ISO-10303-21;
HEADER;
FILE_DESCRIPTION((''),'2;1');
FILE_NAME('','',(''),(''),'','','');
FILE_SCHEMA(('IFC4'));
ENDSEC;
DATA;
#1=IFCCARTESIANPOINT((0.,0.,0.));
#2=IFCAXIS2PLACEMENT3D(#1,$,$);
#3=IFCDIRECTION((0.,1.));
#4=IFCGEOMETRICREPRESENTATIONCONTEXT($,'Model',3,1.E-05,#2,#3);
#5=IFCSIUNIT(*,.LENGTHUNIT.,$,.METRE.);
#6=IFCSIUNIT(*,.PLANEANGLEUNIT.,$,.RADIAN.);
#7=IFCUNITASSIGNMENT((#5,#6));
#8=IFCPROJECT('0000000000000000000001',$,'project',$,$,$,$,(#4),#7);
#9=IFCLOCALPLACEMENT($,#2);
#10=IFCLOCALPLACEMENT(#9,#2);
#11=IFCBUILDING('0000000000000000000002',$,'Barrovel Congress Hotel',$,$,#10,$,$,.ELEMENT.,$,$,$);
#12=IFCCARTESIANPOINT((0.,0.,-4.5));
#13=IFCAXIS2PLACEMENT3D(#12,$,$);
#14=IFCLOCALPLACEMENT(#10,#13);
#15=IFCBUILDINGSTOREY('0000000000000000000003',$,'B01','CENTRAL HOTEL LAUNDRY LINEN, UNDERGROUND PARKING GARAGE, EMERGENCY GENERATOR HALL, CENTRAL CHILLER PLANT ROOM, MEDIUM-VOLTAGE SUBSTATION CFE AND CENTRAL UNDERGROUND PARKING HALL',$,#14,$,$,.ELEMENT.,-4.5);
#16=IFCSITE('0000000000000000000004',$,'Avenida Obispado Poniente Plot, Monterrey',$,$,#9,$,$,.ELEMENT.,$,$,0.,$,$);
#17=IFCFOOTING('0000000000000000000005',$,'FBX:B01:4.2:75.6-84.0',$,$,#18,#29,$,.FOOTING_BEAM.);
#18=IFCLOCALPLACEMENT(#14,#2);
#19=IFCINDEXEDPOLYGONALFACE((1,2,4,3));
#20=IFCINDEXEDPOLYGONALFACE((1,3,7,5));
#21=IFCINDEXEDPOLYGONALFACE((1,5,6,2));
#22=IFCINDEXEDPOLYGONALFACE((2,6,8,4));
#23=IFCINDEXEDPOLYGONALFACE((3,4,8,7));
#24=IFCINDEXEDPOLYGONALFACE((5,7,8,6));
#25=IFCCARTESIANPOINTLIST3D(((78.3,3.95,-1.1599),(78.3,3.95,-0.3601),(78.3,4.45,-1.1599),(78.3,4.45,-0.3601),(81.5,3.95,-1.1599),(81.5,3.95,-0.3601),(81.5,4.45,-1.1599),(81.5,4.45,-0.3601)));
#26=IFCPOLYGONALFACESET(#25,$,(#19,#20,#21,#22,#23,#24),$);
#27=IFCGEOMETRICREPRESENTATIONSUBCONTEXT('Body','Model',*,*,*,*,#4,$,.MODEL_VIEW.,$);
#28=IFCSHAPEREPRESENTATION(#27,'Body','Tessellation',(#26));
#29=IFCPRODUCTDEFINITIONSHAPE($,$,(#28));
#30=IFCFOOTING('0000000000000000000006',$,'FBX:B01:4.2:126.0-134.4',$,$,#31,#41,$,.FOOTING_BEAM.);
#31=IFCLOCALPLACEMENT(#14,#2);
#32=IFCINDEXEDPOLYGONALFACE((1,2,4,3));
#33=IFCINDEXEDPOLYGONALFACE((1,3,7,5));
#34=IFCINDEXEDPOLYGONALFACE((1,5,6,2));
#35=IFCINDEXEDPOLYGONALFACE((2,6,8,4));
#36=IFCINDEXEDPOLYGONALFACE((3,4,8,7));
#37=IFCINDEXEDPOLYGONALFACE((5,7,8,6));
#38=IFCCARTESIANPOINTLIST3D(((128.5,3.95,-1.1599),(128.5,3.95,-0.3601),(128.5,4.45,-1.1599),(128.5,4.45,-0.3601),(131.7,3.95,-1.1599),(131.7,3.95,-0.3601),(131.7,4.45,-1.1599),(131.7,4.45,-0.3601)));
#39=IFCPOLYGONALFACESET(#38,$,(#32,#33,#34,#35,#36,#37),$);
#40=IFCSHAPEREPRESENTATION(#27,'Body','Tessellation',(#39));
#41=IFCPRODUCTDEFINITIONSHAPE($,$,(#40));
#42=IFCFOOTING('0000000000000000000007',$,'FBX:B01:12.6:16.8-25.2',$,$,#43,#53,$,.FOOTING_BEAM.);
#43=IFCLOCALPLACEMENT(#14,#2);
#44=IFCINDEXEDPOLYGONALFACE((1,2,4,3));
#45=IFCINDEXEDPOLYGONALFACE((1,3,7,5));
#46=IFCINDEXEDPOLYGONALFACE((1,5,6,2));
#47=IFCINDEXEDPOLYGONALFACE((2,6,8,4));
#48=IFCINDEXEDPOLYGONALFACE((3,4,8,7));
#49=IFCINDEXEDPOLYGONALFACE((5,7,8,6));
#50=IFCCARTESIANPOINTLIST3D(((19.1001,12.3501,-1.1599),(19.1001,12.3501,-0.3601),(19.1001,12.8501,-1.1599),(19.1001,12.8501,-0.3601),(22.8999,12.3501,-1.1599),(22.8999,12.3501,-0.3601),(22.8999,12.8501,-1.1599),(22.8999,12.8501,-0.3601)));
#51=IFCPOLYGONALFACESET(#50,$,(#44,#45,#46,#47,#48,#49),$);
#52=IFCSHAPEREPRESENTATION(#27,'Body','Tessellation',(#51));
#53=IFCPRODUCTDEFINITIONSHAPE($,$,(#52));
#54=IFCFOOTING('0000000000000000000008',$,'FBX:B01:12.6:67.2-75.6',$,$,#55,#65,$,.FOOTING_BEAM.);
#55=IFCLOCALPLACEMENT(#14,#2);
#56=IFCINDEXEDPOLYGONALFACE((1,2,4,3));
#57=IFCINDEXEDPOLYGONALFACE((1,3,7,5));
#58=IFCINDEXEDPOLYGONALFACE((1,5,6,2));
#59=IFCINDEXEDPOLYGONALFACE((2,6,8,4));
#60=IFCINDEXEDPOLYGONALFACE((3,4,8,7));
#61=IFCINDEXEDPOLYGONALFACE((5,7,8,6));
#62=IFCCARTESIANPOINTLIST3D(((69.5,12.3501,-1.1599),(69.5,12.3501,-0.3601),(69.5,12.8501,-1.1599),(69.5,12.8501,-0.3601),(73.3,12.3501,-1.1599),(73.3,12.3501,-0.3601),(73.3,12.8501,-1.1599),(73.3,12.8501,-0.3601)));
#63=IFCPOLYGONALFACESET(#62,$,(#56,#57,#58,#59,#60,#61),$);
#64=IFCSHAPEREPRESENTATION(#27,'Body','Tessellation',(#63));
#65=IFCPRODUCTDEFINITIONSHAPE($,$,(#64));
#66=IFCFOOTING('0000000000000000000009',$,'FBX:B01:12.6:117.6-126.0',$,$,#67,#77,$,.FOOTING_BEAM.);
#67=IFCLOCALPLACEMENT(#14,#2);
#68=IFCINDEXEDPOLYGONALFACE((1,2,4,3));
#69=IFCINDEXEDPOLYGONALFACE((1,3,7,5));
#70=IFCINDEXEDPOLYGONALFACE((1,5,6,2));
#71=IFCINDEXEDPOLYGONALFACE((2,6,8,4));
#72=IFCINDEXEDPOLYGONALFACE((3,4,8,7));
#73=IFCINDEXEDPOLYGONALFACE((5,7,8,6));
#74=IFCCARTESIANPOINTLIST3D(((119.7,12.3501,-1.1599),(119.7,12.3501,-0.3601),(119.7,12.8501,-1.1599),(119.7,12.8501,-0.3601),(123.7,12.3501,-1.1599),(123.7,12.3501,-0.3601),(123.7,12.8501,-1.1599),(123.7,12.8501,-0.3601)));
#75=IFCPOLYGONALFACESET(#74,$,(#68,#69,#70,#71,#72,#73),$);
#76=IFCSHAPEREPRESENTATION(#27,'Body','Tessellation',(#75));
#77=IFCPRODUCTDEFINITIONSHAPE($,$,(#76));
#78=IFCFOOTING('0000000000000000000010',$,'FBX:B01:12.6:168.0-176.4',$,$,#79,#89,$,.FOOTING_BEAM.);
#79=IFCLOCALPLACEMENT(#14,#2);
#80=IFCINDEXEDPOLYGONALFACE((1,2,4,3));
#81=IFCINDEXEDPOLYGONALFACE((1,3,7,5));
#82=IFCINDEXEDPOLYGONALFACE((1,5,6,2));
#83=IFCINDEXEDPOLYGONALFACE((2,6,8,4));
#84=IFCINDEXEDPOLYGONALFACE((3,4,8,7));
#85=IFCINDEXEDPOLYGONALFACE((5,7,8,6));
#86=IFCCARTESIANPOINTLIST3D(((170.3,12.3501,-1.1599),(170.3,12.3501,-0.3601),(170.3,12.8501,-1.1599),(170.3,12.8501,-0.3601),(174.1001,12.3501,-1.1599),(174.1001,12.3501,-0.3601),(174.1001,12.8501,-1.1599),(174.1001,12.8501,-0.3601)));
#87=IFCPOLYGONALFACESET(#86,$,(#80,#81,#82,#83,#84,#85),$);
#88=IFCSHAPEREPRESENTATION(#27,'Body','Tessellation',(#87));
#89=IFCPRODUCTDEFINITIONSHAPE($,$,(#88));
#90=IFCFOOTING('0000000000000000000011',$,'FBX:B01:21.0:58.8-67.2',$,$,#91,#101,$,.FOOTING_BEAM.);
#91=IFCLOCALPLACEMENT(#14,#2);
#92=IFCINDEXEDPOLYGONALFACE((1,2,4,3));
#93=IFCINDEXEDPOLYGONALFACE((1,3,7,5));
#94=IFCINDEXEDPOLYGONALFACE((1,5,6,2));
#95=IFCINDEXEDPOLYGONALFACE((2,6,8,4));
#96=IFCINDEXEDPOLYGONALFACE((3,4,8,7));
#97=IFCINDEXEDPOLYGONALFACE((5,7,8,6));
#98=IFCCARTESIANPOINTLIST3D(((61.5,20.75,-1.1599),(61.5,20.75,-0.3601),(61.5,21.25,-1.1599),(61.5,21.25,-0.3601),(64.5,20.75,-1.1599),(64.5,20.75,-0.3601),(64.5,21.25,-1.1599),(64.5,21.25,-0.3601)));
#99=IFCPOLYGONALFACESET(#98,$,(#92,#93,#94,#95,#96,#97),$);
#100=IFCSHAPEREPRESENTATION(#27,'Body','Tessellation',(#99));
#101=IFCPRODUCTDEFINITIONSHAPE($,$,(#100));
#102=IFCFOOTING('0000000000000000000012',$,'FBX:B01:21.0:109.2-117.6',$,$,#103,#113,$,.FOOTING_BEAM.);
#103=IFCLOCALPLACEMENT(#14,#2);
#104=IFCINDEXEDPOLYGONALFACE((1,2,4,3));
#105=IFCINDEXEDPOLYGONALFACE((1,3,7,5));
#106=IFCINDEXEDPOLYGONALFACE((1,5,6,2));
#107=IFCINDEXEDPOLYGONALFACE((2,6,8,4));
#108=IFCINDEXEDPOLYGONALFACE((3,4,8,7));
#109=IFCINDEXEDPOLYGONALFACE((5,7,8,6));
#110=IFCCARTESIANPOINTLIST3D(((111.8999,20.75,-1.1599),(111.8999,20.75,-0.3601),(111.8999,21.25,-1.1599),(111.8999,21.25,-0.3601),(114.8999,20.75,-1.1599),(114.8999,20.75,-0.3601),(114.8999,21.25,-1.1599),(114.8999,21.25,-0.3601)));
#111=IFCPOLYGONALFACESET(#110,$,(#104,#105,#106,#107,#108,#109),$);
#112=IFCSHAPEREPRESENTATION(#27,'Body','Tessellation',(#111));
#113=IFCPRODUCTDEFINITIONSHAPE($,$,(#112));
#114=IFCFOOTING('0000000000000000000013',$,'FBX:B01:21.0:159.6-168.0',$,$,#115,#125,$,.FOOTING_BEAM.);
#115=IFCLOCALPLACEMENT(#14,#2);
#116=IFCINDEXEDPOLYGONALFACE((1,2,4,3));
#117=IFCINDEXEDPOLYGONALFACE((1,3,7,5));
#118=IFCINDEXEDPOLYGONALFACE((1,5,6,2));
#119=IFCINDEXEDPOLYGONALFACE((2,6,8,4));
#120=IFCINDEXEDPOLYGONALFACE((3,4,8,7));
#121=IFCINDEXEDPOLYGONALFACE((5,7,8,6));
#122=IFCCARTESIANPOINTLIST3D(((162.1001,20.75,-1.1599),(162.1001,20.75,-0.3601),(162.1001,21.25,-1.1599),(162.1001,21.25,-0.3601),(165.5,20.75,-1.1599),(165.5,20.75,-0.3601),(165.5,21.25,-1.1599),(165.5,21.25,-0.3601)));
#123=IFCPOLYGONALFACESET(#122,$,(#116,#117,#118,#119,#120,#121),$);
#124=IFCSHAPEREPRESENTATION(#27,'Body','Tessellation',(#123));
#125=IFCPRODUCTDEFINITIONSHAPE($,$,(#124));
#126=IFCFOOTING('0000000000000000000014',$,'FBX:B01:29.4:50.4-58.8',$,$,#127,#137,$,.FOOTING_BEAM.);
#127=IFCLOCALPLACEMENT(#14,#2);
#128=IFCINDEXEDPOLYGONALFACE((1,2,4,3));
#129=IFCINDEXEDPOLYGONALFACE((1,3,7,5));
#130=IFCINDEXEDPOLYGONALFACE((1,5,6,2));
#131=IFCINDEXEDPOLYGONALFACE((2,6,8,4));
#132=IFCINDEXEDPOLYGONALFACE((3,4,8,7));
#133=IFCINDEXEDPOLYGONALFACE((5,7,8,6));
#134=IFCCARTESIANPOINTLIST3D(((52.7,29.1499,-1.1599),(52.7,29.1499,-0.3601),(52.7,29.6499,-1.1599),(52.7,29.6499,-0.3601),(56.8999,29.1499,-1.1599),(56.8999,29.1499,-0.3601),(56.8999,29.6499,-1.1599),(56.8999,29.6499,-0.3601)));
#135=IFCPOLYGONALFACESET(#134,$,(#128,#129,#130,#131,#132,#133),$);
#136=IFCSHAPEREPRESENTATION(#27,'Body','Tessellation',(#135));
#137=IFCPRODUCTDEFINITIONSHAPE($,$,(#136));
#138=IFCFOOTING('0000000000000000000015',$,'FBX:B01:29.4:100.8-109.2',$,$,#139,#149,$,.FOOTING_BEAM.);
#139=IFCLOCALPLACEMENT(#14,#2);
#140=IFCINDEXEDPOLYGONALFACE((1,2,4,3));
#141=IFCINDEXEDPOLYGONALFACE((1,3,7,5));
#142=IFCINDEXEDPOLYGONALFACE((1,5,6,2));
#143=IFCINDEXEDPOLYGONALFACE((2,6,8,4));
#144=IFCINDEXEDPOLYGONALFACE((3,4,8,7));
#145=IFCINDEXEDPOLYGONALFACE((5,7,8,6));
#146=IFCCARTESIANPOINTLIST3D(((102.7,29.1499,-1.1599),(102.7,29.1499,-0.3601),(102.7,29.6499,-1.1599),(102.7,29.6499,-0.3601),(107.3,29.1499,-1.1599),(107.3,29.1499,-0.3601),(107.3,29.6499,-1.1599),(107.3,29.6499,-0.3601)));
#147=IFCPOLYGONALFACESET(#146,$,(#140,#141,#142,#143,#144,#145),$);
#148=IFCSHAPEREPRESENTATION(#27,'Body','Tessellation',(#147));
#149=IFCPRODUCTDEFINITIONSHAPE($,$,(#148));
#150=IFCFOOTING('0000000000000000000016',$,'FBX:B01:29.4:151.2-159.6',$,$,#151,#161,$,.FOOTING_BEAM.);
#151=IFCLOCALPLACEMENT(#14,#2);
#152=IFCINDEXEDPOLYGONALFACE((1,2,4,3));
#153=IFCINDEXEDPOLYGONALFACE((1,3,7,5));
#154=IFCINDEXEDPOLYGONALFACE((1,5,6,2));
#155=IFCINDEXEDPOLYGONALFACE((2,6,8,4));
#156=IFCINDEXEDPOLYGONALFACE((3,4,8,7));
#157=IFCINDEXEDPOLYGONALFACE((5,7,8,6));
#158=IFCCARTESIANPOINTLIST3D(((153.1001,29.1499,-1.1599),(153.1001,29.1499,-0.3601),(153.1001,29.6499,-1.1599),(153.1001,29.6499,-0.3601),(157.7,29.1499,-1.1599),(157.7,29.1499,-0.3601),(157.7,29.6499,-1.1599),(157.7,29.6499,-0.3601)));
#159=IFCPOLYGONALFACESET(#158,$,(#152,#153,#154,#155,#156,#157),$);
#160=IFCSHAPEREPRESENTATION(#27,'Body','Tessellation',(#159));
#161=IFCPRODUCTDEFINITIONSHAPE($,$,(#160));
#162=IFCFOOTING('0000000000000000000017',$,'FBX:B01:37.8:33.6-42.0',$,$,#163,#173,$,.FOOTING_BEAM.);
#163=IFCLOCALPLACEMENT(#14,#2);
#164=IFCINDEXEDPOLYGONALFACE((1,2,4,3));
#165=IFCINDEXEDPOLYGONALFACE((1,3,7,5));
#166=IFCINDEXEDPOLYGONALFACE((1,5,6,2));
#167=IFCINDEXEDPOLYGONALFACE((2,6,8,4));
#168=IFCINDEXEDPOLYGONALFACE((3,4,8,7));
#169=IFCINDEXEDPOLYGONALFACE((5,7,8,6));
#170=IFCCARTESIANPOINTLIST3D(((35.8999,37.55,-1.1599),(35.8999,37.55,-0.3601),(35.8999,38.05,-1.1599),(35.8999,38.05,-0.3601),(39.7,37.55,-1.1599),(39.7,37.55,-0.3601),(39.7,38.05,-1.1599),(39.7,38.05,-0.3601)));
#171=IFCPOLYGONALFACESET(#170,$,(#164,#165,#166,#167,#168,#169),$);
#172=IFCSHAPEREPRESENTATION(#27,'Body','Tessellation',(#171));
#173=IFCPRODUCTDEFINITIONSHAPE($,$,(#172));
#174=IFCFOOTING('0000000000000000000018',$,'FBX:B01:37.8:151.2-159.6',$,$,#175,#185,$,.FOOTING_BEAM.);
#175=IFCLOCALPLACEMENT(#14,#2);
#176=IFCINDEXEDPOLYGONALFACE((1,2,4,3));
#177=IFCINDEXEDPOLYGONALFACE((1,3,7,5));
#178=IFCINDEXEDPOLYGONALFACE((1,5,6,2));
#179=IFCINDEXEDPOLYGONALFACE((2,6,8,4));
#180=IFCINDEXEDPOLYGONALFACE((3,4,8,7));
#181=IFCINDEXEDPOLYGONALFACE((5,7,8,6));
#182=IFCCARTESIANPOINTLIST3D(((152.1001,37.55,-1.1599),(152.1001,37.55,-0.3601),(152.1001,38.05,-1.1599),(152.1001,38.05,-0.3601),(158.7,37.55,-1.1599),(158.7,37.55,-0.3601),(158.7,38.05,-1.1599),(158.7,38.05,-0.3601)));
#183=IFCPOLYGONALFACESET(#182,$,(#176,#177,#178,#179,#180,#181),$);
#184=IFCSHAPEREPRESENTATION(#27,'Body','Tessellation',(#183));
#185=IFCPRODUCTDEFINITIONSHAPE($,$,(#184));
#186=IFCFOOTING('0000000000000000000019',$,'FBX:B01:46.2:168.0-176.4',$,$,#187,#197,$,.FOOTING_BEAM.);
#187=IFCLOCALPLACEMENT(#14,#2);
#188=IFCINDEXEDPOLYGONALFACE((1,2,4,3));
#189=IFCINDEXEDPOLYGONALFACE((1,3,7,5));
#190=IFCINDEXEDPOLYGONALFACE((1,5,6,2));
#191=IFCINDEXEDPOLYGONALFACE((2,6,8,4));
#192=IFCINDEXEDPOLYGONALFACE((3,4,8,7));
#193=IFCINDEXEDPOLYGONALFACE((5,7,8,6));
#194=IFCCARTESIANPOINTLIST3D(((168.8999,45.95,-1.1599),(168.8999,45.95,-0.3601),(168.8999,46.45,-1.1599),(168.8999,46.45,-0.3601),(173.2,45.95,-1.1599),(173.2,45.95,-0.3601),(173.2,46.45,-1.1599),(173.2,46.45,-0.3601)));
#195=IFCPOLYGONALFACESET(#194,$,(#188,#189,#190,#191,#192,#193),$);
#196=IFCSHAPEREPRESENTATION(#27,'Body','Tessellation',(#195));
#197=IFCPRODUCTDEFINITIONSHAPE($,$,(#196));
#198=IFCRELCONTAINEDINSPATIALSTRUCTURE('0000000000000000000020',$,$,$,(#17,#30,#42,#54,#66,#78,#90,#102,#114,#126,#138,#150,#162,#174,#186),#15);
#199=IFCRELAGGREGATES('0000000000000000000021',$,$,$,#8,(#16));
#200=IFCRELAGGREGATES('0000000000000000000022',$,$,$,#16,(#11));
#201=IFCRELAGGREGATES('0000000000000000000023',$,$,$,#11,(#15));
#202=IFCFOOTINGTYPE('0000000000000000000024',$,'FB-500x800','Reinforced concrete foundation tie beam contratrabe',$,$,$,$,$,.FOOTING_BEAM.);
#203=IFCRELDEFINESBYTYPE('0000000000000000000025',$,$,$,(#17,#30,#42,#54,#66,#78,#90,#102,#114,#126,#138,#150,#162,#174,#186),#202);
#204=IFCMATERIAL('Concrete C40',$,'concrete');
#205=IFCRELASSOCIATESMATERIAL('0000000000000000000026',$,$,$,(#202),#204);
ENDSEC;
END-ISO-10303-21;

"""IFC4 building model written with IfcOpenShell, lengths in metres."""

from ifc_helpers import new_model, si_unit, direction, frame, origin, place, context, subcontext, project, spatial, polyline, outline, extrude, material, type_object, element, save


model = new_model("IFC4")

# Units and contexts
model_context = context("Model", 3, precision=1e-05, world=origin(), true_north=direction((0.0, 1.0)))
body_context = subcontext(model_context, "Body", "Model", "MODEL_VIEW")
ifc_project = project(units=[si_unit("LENGTHUNIT", "METRE"), si_unit("PLANEANGLEUNIT", "RADIAN")], contexts=[model_context])

# Site, building, storey
site_placement = place(None, origin())
site = spatial("IfcSite", under=ifc_project, at=site_placement, Name="Avenida Obispado Poniente Plot, Monterrey", CompositionType="ELEMENT", RefElevation=0.0)
building_placement = place(site_placement, origin())
building = spatial("IfcBuilding", under=site, at=building_placement, Name="Barrovel Congress Hotel", CompositionType="ELEMENT")
storey_placement = place(building_placement, frame((0.0, 0.0, -4.5)))
storey = spatial("IfcBuildingStorey", under=building, at=storey_placement, Name="B01", Description="CENTRAL HOTEL LAUNDRY LINEN, UNDERGROUND PARKING GARAGE, EMERGENCY GENERATOR HALL, CENTRAL CHILLER PLANT ROOM, MEDIUM-VOLTAGE SUBSTATION CFE AND CENTRAL UNDERGROUND PARKING HALL", CompositionType="ELEMENT", Elevation=-4.5)

# Footings
ifc_material = material(Name="Concrete C40", Category="concrete")
footing_type = type_object("IfcFootingType", Name="FB-500x800", Description="Reinforced concrete foundation tie beam contratrabe", PredefinedType="FOOTING_BEAM", material=ifc_material)
footing_1_placement = place(storey_placement, frame((0.0, 0.0, -1.1599)))
element("IfcFooting", 1, at=footing_1_placement, inside=storey, type_object=footing_type, Name="FBX:B01:4.2:75.6-84.0", PredefinedType="FOOTING_BEAM", context=body_context, shape_type="SweptSolid", body=[
    extrude(outline(polyline([(78.3, 3.95), (81.5, 3.95), (81.5, 4.45), (78.3, 4.45), (78.3, 3.95)])), origin(), (0.0, 0.0, 1.0), 0.7998),
])
footing_2_placement = place(storey_placement, frame((0.0, 0.0, -1.1599)))
element("IfcFooting", 2, at=footing_2_placement, inside=storey, type_object=footing_type, Name="FBX:B01:4.2:126.0-134.4", PredefinedType="FOOTING_BEAM", context=body_context, shape_type="SweptSolid", body=[
    extrude(outline(polyline([(128.5, 3.95), (131.7, 3.95), (131.7, 4.45), (128.5, 4.45), (128.5, 3.95)])), origin(), (0.0, 0.0, 1.0), 0.7998),
])
footing_3_placement = place(storey_placement, frame((0.0, 0.0, -1.1599)))
element("IfcFooting", 3, at=footing_3_placement, inside=storey, type_object=footing_type, Name="FBX:B01:12.6:16.8-25.2", PredefinedType="FOOTING_BEAM", context=body_context, shape_type="SweptSolid", body=[
    extrude(outline(polyline([(19.1001, 12.3501), (22.8999, 12.3501), (22.8999, 12.8501), (19.1001, 12.8501), (19.1001, 12.3501)])), origin(), (0.0, 0.0, 1.0), 0.7998),
])
footing_4_placement = place(storey_placement, frame((0.0, 0.0, -1.1599)))
element("IfcFooting", 4, at=footing_4_placement, inside=storey, type_object=footing_type, Name="FBX:B01:12.6:67.2-75.6", PredefinedType="FOOTING_BEAM", context=body_context, shape_type="SweptSolid", body=[
    extrude(outline(polyline([(69.5, 12.3501), (73.3, 12.3501), (73.3, 12.8501), (69.5, 12.8501), (69.5, 12.3501)])), origin(), (0.0, 0.0, 1.0), 0.7998),
])
footing_5_placement = place(storey_placement, frame((0.0, 0.0, -1.1599)))
element("IfcFooting", 5, at=footing_5_placement, inside=storey, type_object=footing_type, Name="FBX:B01:12.6:117.6-126.0", PredefinedType="FOOTING_BEAM", context=body_context, shape_type="SweptSolid", body=[
    extrude(outline(polyline([(119.7, 12.3501), (123.7, 12.3501), (123.7, 12.8501), (119.7, 12.8501), (119.7, 12.3501)])), origin(), (0.0, 0.0, 1.0), 0.7998),
])
footing_6_placement = place(storey_placement, frame((0.0, 0.0, -1.1599)))
element("IfcFooting", 6, at=footing_6_placement, inside=storey, type_object=footing_type, Name="FBX:B01:12.6:168.0-176.4", PredefinedType="FOOTING_BEAM", context=body_context, shape_type="SweptSolid", body=[
    extrude(outline(polyline([(170.3, 12.3501), (174.1001, 12.3501), (174.1001, 12.8501), (170.3, 12.8501), (170.3, 12.3501)])), origin(), (0.0, 0.0, 1.0), 0.7998),
])
footing_7_placement = place(storey_placement, frame((0.0, 0.0, -1.1599)))
element("IfcFooting", 7, at=footing_7_placement, inside=storey, type_object=footing_type, Name="FBX:B01:21.0:58.8-67.2", PredefinedType="FOOTING_BEAM", context=body_context, shape_type="SweptSolid", body=[
    extrude(outline(polyline([(61.5, 20.75), (64.5, 20.75), (64.5, 21.25), (61.5, 21.25), (61.5, 20.75)])), origin(), (0.0, 0.0, 1.0), 0.7998),
])
footing_8_placement = place(storey_placement, frame((0.0, 0.0, -1.1599)))
element("IfcFooting", 8, at=footing_8_placement, inside=storey, type_object=footing_type, Name="FBX:B01:21.0:109.2-117.6", PredefinedType="FOOTING_BEAM", context=body_context, shape_type="SweptSolid", body=[
    extrude(outline(polyline([(111.8999, 20.75), (114.8999, 20.75), (114.8999, 21.25), (111.8999, 21.25), (111.8999, 20.75)])), origin(), (0.0, 0.0, 1.0), 0.7998),
])
footing_9_placement = place(storey_placement, frame((0.0, 0.0, -1.1599)))
element("IfcFooting", 9, at=footing_9_placement, inside=storey, type_object=footing_type, Name="FBX:B01:21.0:159.6-168.0", PredefinedType="FOOTING_BEAM", context=body_context, shape_type="SweptSolid", body=[
    extrude(outline(polyline([(162.1001, 20.75), (165.5, 20.75), (165.5, 21.25), (162.1001, 21.25), (162.1001, 20.75)])), origin(), (0.0, 0.0, 1.0), 0.7998),
])
footing_10_placement = place(storey_placement, frame((0.0, 0.0, -1.1599)))
element("IfcFooting", 10, at=footing_10_placement, inside=storey, type_object=footing_type, Name="FBX:B01:29.4:50.4-58.8", PredefinedType="FOOTING_BEAM", context=body_context, shape_type="SweptSolid", body=[
    extrude(outline(polyline([(52.7, 29.1499), (56.8999, 29.1499), (56.8999, 29.6499), (52.7, 29.6499), (52.7, 29.1499)])), origin(), (0.0, 0.0, 1.0), 0.7998),
])
footing_11_placement = place(storey_placement, frame((0.0, 0.0, -1.1599)))
element("IfcFooting", 11, at=footing_11_placement, inside=storey, type_object=footing_type, Name="FBX:B01:29.4:100.8-109.2", PredefinedType="FOOTING_BEAM", context=body_context, shape_type="SweptSolid", body=[
    extrude(outline(polyline([(102.7, 29.1499), (107.3, 29.1499), (107.3, 29.6499), (102.7, 29.6499), (102.7, 29.1499)])), origin(), (0.0, 0.0, 1.0), 0.7998),
])
footing_12_placement = place(storey_placement, frame((0.0, 0.0, -1.1599)))
element("IfcFooting", 12, at=footing_12_placement, inside=storey, type_object=footing_type, Name="FBX:B01:29.4:151.2-159.6", PredefinedType="FOOTING_BEAM", context=body_context, shape_type="SweptSolid", body=[
    extrude(outline(polyline([(153.1001, 29.1499), (157.7, 29.1499), (157.7, 29.6499), (153.1001, 29.6499), (153.1001, 29.1499)])), origin(), (0.0, 0.0, 1.0), 0.7998),
])
footing_13_placement = place(storey_placement, frame((0.0, 0.0, -1.1599)))
element("IfcFooting", 13, at=footing_13_placement, inside=storey, type_object=footing_type, Name="FBX:B01:37.8:33.6-42.0", PredefinedType="FOOTING_BEAM", context=body_context, shape_type="SweptSolid", body=[
    extrude(outline(polyline([(35.8999, 37.55), (39.7, 37.55), (39.7, 38.05), (35.8999, 38.05), (35.8999, 37.55)])), origin(), (0.0, 0.0, 1.0), 0.7998),
])
footing_14_placement = place(storey_placement, frame((0.0, 0.0, -1.1599)))
element("IfcFooting", 14, at=footing_14_placement, inside=storey, type_object=footing_type, Name="FBX:B01:37.8:151.2-159.6", PredefinedType="FOOTING_BEAM", context=body_context, shape_type="SweptSolid", body=[
    extrude(outline(polyline([(152.1001, 37.55), (158.7, 37.55), (158.7, 38.05), (152.1001, 38.05), (152.1001, 37.55)])), origin(), (0.0, 0.0, 1.0), 0.7998),
])
footing_15_placement = place(storey_placement, frame((0.0, 0.0, -1.1599)))
element("IfcFooting", 15, at=footing_15_placement, inside=storey, type_object=footing_type, Name="FBX:B01:46.2:168.0-176.4", PredefinedType="FOOTING_BEAM", context=body_context, shape_type="SweptSolid", body=[
    extrude(outline(polyline([(168.8999, 45.95), (173.2, 45.95), (173.2, 46.45), (168.8999, 46.45), (168.8999, 45.95)])), origin(), (0.0, 0.0, 1.0), 0.7998),
])

save(model, "model.ifc")
